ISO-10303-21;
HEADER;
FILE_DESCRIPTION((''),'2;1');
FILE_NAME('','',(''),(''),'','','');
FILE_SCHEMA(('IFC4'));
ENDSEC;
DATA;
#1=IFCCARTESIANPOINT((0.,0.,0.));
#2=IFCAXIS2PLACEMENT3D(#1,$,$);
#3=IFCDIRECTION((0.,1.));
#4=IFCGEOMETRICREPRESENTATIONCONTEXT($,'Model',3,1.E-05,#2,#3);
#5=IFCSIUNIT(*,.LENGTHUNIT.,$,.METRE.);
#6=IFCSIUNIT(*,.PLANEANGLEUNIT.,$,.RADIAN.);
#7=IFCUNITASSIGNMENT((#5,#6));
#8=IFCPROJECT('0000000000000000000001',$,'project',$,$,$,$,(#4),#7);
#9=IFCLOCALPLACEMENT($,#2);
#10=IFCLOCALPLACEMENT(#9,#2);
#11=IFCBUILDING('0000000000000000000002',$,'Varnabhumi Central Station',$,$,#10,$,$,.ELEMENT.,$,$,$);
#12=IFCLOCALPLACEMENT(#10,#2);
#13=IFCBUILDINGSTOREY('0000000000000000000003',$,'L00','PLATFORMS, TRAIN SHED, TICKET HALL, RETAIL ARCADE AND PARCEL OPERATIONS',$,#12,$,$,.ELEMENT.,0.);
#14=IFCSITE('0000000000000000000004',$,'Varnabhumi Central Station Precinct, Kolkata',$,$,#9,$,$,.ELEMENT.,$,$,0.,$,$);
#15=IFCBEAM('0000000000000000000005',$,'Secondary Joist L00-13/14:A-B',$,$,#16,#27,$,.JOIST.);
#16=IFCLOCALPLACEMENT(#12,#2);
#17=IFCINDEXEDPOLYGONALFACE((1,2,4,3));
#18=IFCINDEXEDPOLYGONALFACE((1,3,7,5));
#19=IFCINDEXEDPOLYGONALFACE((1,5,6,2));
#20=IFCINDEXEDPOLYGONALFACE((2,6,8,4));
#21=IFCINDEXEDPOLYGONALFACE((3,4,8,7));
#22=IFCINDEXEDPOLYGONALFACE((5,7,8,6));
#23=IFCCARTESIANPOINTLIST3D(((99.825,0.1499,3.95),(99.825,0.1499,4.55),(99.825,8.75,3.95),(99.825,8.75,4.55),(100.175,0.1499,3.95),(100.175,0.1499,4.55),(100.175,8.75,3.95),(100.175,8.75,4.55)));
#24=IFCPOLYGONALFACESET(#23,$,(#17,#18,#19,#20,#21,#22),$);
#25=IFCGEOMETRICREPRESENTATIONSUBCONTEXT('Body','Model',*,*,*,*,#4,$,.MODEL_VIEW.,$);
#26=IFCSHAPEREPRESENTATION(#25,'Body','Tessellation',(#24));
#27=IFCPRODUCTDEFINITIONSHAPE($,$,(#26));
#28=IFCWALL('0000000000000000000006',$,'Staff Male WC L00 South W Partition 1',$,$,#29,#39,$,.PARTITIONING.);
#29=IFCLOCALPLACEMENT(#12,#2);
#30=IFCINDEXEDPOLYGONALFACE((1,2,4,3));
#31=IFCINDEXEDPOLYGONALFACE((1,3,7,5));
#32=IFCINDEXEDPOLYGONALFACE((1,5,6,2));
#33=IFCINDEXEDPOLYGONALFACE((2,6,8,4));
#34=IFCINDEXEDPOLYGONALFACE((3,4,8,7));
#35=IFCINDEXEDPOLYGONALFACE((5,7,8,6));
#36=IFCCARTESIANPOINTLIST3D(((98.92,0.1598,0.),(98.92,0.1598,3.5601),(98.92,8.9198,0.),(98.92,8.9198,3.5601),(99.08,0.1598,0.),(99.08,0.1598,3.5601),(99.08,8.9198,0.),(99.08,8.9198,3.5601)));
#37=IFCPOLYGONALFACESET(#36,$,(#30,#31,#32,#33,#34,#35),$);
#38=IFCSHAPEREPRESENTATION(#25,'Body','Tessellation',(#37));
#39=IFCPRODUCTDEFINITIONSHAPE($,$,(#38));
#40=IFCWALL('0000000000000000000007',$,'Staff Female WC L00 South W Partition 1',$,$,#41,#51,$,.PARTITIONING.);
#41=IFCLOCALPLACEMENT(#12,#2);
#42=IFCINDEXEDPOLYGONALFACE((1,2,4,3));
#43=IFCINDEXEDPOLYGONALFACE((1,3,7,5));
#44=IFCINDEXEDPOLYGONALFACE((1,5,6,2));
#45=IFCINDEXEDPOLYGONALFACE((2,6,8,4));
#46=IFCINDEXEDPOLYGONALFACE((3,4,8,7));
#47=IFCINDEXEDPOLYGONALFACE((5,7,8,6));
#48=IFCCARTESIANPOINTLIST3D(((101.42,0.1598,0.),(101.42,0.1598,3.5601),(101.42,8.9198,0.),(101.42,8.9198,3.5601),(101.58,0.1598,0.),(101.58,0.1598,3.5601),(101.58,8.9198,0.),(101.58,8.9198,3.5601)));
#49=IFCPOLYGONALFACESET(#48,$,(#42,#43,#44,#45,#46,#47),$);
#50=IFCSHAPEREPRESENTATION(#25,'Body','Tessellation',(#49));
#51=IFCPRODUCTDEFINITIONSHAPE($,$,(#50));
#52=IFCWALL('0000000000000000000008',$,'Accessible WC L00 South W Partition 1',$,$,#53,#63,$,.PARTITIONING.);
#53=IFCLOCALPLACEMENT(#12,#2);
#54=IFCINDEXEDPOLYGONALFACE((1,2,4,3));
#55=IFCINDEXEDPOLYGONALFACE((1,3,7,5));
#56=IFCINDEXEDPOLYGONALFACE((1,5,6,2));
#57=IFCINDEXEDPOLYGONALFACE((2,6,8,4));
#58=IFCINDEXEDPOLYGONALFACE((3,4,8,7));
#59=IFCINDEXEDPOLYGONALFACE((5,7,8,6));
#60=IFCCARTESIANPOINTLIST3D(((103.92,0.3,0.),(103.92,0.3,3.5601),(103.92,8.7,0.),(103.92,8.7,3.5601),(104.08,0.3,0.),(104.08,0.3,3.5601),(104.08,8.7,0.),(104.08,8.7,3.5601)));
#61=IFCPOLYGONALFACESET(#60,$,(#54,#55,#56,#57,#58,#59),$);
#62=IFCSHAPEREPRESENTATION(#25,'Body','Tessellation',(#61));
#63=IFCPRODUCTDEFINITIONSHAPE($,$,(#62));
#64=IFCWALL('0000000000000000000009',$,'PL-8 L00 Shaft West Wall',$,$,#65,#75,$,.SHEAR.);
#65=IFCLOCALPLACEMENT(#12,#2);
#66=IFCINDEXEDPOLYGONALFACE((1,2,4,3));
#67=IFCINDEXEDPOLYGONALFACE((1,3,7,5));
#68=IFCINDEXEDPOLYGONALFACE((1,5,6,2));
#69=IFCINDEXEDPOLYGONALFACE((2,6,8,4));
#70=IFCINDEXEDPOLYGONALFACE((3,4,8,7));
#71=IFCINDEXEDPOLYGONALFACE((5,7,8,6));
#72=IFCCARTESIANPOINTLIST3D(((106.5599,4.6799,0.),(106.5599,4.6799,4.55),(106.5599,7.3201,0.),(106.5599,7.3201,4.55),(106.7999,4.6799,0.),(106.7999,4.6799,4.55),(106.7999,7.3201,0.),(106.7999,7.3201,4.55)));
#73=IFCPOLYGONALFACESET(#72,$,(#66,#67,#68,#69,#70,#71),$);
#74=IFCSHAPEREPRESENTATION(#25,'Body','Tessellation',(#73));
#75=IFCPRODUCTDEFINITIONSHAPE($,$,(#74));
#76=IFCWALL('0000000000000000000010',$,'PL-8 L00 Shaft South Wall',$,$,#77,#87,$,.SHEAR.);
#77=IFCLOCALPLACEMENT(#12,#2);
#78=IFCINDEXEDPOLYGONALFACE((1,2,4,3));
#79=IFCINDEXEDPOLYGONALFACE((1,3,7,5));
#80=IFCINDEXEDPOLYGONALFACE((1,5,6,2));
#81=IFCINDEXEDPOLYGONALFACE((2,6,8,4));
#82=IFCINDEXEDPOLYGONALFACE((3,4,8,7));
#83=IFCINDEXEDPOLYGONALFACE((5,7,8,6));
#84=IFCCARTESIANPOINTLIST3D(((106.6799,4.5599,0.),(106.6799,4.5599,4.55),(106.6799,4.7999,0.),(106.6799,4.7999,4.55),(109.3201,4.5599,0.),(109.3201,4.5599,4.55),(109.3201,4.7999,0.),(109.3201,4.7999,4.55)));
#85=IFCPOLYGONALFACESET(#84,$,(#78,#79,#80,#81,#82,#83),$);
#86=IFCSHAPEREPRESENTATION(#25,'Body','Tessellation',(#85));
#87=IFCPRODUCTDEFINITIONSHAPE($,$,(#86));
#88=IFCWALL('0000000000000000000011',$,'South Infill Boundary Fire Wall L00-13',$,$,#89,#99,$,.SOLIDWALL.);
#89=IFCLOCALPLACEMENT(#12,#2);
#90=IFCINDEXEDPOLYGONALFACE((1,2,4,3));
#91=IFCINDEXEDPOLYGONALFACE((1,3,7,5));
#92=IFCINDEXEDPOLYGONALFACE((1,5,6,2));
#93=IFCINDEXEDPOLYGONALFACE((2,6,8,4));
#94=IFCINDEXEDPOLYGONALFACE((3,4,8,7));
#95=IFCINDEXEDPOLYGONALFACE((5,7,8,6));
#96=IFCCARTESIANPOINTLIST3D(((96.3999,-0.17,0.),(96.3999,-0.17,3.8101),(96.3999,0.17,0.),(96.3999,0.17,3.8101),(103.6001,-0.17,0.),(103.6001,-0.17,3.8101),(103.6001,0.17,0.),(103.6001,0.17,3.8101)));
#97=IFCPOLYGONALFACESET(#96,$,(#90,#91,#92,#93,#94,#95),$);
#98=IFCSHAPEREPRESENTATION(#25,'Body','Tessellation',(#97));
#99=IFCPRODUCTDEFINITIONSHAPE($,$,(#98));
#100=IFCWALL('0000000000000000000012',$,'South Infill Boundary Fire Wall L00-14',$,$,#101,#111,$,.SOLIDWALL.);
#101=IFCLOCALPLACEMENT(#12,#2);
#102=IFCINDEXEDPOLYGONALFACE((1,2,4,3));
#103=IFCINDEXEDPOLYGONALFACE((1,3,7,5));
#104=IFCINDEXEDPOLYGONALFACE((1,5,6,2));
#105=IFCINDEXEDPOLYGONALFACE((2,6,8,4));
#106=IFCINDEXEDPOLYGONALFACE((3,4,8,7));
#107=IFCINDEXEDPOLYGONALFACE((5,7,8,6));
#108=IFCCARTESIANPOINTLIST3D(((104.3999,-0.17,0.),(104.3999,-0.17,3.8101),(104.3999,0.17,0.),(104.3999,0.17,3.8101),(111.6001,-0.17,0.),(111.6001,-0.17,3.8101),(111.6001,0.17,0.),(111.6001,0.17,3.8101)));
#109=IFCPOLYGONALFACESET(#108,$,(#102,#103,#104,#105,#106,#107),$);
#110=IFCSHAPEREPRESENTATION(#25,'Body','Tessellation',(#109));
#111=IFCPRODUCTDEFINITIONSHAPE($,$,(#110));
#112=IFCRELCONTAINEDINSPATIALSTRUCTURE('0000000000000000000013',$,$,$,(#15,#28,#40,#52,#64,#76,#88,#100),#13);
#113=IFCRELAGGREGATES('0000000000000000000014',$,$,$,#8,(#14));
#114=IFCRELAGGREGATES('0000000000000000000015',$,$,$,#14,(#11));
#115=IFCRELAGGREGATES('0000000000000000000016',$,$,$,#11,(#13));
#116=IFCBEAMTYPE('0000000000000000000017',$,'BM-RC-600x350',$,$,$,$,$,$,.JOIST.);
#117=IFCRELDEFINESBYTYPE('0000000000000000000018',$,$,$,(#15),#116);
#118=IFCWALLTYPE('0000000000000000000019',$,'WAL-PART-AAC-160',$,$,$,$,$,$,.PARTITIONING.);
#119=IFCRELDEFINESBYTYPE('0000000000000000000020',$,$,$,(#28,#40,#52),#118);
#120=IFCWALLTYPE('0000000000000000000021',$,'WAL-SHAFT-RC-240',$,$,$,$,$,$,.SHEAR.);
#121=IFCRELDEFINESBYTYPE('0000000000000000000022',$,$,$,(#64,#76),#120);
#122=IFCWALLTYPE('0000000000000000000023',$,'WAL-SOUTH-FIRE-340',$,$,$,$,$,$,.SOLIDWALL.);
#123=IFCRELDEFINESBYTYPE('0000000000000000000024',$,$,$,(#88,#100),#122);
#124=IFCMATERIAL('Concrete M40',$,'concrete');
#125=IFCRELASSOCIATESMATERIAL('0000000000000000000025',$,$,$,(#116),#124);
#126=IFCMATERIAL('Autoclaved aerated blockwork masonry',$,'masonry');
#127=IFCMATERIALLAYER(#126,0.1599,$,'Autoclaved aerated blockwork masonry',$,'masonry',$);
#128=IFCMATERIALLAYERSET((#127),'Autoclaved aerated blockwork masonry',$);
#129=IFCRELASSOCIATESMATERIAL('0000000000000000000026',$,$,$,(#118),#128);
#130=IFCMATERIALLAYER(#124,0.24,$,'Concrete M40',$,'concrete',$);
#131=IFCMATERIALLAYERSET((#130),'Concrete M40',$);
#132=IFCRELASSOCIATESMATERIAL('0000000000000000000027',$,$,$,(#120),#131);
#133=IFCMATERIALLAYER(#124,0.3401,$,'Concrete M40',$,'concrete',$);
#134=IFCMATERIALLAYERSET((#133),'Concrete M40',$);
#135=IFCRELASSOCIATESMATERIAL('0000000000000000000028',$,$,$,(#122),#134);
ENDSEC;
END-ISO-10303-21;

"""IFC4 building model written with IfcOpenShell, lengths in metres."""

from ifc_helpers import new_model, si_unit, direction, frame, frame_2d, origin, origin_2d, place, context, subcontext, project, spatial, rectangle, extrude, material, layer, layer_set, material_profile, profile_set, type_object, element, save


model = new_model("IFC4")

# Units and contexts
model_context = context("Model", 3, precision=1e-05, world=origin(), true_north=direction((0.0, 1.0)))
body_context = subcontext(model_context, "Body", "Model", "MODEL_VIEW")
ifc_project = project(units=[si_unit("LENGTHUNIT", "METRE"), si_unit("PLANEANGLEUNIT", "RADIAN")], contexts=[model_context])

# Site, building, storey
site_placement = place(None, origin())
site = spatial("IfcSite", under=ifc_project, at=site_placement, Name="Varnabhumi Central Station Precinct, Kolkata", CompositionType="ELEMENT", RefElevation=0.0)
building_placement = place(site_placement, origin())
building = spatial("IfcBuilding", under=site, at=building_placement, Name="Varnabhumi Central Station", CompositionType="ELEMENT")
storey_placement = place(building_placement, origin())
storey = spatial("IfcBuildingStorey", under=building, at=storey_placement, Name="L00", Description="PLATFORMS, TRAIN SHED, TICKET HALL, RETAIL ARCADE AND PARCEL OPERATIONS", CompositionType="ELEMENT", Elevation=0.0)

# Shared definitions
ifc_material_1 = material(Name="Concrete M40", Category="concrete")

# Beam
ifc_material_profile_1 = material_profile(ifc_material_1, rectangle(XDim=0.3501, YDim=0.6001, at=origin_2d()), Name="Concrete M40", Category="concrete")
ifc_profile_set_1 = profile_set([ifc_material_profile_1], Name="Concrete M40")
beam_type_1 = type_object("IfcBeamType", Name="BM-RC-600x350", PredefinedType="JOIST", material=ifc_profile_set_1)
beam_1_placement = place(storey_placement, frame((100.0, 0.1499, 4.25), z_axis=(0.0, 1.0, 0.0), x_axis=(-1.0, 0.0, 0.0)))
element("IfcBeam", 1, at=beam_1_placement, inside=storey, type_object=beam_type_1, Name="Secondary Joist L00-13/14:A-B", PredefinedType="JOIST", context=body_context, shape_type="SweptSolid", body=[
    extrude(rectangle(XDim=0.3501, YDim=0.6001, at=origin_2d()), origin(), (0.0, 0.0, 1.0), 8.6001),
])

# Walls
ifc_material_2 = material(Name="Autoclaved aerated blockwork masonry", Category="masonry")
ifc_layer_1 = layer(ifc_material_2, 0.1599, Name="Autoclaved aerated blockwork masonry", Category="masonry")
ifc_layer_set_1 = layer_set([ifc_layer_1], Name="Autoclaved aerated blockwork masonry")
wall_type_1 = type_object("IfcWallType", Name="WAL-PART-AAC-160", PredefinedType="PARTITIONING", material=ifc_layer_set_1)
for number, where, z_axis, x_axis, name in (
    (2, (99.0, 0.1599, 0.0), (0.0, 0.0, 1.0), (0.0, 1.0, 0.0), "Staff Male WC L00 South W Partition 1"),
    (3, (101.5, 0.1599, 0.0), (0.0, 0.0, 1.0), (0.0, 1.0, 0.0), "Staff Female WC L00 South W Partition 1"),
):
    element("IfcWall", number, at=place(storey_placement, frame(where, z_axis=z_axis, x_axis=x_axis)), inside=storey, type_object=wall_type_1, Name=name, PredefinedType="PARTITIONING", context=body_context, shape_type="SweptSolid", body=[
        extrude(rectangle(XDim=8.76, YDim=0.1599, at=frame_2d((4.3799, 0.0))), origin(), (0.0, 0.0, 1.0), 3.5601),
    ])
wall_1_placement = place(storey_placement, frame((104.0, 0.3, 0.0), z_axis=(0.0, 0.0, 1.0), x_axis=(0.0, 1.0, 0.0)))
element("IfcWall", 4, at=wall_1_placement, inside=storey, type_object=wall_type_1, Name="Accessible WC L00 South W Partition 1", PredefinedType="PARTITIONING", context=body_context, shape_type="SweptSolid", body=[
    extrude(rectangle(XDim=8.3999, YDim=0.1599, at=frame_2d((4.2, 0.0))), origin(), (0.0, 0.0, 1.0), 3.5601),
])
ifc_layer_2 = layer(ifc_material_1, 0.24, Name="Concrete M40", Category="concrete")
ifc_layer_set_2 = layer_set([ifc_layer_2], Name="Concrete M40")
wall_type_2 = type_object("IfcWallType", Name="WAL-SHAFT-RC-240", PredefinedType="SHEAR", material=ifc_layer_set_2)
for number, where, z_axis, x_axis, name in (
    (5, (106.6799, 4.6799, 0.0), (0.0, 0.0, 1.0), (0.0, 1.0, 0.0), "PL-8 L00 Shaft West Wall"),
    (6, (106.6799, 4.6799, 0.0), (0.0, 0.0, 1.0), (1.0, 0.0, 0.0), "PL-8 L00 Shaft South Wall"),
):
    element("IfcWall", number, at=place(storey_placement, frame(where, z_axis=z_axis, x_axis=x_axis)), inside=storey, type_object=wall_type_2, Name=name, PredefinedType="SHEAR", context=body_context, shape_type="SweptSolid", body=[
        extrude(rectangle(XDim=2.6401, YDim=0.24, at=frame_2d((1.3201, 0.0))), origin(), (0.0, 0.0, 1.0), 4.55),
    ])

# Walls
ifc_layer_3 = layer(ifc_material_1, 0.3401, Name="Concrete M40", Category="concrete")
ifc_layer_set_3 = layer_set([ifc_layer_3], Name="Concrete M40")
wall_type_3 = type_object("IfcWallType", Name="WAL-SOUTH-FIRE-340", PredefinedType="SOLIDWALL", material=ifc_layer_set_3)
for number, where, z_axis, x_axis, name in (
    (7, (96.3999, 0.0, 0.0), (0.0, 0.0, 1.0), (1.0, 0.0, 0.0), "South Infill Boundary Fire Wall L00-13"),
    (8, (104.3999, 0.0, 0.0), (0.0, 0.0, 1.0), (1.0, 0.0, 0.0), "South Infill Boundary Fire Wall L00-14"),
):
    element("IfcWall", number, at=place(storey_placement, frame(where, z_axis=z_axis, x_axis=x_axis)), inside=storey, type_object=wall_type_3, Name=name, PredefinedType="SOLIDWALL", context=body_context, shape_type="SweptSolid", body=[
        extrude(rectangle(XDim=7.2002, YDim=0.3401, at=frame_2d((3.6001, 0.0))), origin(), (0.0, 0.0, 1.0), 3.8101),
    ])

save(model, "model.ifc")
